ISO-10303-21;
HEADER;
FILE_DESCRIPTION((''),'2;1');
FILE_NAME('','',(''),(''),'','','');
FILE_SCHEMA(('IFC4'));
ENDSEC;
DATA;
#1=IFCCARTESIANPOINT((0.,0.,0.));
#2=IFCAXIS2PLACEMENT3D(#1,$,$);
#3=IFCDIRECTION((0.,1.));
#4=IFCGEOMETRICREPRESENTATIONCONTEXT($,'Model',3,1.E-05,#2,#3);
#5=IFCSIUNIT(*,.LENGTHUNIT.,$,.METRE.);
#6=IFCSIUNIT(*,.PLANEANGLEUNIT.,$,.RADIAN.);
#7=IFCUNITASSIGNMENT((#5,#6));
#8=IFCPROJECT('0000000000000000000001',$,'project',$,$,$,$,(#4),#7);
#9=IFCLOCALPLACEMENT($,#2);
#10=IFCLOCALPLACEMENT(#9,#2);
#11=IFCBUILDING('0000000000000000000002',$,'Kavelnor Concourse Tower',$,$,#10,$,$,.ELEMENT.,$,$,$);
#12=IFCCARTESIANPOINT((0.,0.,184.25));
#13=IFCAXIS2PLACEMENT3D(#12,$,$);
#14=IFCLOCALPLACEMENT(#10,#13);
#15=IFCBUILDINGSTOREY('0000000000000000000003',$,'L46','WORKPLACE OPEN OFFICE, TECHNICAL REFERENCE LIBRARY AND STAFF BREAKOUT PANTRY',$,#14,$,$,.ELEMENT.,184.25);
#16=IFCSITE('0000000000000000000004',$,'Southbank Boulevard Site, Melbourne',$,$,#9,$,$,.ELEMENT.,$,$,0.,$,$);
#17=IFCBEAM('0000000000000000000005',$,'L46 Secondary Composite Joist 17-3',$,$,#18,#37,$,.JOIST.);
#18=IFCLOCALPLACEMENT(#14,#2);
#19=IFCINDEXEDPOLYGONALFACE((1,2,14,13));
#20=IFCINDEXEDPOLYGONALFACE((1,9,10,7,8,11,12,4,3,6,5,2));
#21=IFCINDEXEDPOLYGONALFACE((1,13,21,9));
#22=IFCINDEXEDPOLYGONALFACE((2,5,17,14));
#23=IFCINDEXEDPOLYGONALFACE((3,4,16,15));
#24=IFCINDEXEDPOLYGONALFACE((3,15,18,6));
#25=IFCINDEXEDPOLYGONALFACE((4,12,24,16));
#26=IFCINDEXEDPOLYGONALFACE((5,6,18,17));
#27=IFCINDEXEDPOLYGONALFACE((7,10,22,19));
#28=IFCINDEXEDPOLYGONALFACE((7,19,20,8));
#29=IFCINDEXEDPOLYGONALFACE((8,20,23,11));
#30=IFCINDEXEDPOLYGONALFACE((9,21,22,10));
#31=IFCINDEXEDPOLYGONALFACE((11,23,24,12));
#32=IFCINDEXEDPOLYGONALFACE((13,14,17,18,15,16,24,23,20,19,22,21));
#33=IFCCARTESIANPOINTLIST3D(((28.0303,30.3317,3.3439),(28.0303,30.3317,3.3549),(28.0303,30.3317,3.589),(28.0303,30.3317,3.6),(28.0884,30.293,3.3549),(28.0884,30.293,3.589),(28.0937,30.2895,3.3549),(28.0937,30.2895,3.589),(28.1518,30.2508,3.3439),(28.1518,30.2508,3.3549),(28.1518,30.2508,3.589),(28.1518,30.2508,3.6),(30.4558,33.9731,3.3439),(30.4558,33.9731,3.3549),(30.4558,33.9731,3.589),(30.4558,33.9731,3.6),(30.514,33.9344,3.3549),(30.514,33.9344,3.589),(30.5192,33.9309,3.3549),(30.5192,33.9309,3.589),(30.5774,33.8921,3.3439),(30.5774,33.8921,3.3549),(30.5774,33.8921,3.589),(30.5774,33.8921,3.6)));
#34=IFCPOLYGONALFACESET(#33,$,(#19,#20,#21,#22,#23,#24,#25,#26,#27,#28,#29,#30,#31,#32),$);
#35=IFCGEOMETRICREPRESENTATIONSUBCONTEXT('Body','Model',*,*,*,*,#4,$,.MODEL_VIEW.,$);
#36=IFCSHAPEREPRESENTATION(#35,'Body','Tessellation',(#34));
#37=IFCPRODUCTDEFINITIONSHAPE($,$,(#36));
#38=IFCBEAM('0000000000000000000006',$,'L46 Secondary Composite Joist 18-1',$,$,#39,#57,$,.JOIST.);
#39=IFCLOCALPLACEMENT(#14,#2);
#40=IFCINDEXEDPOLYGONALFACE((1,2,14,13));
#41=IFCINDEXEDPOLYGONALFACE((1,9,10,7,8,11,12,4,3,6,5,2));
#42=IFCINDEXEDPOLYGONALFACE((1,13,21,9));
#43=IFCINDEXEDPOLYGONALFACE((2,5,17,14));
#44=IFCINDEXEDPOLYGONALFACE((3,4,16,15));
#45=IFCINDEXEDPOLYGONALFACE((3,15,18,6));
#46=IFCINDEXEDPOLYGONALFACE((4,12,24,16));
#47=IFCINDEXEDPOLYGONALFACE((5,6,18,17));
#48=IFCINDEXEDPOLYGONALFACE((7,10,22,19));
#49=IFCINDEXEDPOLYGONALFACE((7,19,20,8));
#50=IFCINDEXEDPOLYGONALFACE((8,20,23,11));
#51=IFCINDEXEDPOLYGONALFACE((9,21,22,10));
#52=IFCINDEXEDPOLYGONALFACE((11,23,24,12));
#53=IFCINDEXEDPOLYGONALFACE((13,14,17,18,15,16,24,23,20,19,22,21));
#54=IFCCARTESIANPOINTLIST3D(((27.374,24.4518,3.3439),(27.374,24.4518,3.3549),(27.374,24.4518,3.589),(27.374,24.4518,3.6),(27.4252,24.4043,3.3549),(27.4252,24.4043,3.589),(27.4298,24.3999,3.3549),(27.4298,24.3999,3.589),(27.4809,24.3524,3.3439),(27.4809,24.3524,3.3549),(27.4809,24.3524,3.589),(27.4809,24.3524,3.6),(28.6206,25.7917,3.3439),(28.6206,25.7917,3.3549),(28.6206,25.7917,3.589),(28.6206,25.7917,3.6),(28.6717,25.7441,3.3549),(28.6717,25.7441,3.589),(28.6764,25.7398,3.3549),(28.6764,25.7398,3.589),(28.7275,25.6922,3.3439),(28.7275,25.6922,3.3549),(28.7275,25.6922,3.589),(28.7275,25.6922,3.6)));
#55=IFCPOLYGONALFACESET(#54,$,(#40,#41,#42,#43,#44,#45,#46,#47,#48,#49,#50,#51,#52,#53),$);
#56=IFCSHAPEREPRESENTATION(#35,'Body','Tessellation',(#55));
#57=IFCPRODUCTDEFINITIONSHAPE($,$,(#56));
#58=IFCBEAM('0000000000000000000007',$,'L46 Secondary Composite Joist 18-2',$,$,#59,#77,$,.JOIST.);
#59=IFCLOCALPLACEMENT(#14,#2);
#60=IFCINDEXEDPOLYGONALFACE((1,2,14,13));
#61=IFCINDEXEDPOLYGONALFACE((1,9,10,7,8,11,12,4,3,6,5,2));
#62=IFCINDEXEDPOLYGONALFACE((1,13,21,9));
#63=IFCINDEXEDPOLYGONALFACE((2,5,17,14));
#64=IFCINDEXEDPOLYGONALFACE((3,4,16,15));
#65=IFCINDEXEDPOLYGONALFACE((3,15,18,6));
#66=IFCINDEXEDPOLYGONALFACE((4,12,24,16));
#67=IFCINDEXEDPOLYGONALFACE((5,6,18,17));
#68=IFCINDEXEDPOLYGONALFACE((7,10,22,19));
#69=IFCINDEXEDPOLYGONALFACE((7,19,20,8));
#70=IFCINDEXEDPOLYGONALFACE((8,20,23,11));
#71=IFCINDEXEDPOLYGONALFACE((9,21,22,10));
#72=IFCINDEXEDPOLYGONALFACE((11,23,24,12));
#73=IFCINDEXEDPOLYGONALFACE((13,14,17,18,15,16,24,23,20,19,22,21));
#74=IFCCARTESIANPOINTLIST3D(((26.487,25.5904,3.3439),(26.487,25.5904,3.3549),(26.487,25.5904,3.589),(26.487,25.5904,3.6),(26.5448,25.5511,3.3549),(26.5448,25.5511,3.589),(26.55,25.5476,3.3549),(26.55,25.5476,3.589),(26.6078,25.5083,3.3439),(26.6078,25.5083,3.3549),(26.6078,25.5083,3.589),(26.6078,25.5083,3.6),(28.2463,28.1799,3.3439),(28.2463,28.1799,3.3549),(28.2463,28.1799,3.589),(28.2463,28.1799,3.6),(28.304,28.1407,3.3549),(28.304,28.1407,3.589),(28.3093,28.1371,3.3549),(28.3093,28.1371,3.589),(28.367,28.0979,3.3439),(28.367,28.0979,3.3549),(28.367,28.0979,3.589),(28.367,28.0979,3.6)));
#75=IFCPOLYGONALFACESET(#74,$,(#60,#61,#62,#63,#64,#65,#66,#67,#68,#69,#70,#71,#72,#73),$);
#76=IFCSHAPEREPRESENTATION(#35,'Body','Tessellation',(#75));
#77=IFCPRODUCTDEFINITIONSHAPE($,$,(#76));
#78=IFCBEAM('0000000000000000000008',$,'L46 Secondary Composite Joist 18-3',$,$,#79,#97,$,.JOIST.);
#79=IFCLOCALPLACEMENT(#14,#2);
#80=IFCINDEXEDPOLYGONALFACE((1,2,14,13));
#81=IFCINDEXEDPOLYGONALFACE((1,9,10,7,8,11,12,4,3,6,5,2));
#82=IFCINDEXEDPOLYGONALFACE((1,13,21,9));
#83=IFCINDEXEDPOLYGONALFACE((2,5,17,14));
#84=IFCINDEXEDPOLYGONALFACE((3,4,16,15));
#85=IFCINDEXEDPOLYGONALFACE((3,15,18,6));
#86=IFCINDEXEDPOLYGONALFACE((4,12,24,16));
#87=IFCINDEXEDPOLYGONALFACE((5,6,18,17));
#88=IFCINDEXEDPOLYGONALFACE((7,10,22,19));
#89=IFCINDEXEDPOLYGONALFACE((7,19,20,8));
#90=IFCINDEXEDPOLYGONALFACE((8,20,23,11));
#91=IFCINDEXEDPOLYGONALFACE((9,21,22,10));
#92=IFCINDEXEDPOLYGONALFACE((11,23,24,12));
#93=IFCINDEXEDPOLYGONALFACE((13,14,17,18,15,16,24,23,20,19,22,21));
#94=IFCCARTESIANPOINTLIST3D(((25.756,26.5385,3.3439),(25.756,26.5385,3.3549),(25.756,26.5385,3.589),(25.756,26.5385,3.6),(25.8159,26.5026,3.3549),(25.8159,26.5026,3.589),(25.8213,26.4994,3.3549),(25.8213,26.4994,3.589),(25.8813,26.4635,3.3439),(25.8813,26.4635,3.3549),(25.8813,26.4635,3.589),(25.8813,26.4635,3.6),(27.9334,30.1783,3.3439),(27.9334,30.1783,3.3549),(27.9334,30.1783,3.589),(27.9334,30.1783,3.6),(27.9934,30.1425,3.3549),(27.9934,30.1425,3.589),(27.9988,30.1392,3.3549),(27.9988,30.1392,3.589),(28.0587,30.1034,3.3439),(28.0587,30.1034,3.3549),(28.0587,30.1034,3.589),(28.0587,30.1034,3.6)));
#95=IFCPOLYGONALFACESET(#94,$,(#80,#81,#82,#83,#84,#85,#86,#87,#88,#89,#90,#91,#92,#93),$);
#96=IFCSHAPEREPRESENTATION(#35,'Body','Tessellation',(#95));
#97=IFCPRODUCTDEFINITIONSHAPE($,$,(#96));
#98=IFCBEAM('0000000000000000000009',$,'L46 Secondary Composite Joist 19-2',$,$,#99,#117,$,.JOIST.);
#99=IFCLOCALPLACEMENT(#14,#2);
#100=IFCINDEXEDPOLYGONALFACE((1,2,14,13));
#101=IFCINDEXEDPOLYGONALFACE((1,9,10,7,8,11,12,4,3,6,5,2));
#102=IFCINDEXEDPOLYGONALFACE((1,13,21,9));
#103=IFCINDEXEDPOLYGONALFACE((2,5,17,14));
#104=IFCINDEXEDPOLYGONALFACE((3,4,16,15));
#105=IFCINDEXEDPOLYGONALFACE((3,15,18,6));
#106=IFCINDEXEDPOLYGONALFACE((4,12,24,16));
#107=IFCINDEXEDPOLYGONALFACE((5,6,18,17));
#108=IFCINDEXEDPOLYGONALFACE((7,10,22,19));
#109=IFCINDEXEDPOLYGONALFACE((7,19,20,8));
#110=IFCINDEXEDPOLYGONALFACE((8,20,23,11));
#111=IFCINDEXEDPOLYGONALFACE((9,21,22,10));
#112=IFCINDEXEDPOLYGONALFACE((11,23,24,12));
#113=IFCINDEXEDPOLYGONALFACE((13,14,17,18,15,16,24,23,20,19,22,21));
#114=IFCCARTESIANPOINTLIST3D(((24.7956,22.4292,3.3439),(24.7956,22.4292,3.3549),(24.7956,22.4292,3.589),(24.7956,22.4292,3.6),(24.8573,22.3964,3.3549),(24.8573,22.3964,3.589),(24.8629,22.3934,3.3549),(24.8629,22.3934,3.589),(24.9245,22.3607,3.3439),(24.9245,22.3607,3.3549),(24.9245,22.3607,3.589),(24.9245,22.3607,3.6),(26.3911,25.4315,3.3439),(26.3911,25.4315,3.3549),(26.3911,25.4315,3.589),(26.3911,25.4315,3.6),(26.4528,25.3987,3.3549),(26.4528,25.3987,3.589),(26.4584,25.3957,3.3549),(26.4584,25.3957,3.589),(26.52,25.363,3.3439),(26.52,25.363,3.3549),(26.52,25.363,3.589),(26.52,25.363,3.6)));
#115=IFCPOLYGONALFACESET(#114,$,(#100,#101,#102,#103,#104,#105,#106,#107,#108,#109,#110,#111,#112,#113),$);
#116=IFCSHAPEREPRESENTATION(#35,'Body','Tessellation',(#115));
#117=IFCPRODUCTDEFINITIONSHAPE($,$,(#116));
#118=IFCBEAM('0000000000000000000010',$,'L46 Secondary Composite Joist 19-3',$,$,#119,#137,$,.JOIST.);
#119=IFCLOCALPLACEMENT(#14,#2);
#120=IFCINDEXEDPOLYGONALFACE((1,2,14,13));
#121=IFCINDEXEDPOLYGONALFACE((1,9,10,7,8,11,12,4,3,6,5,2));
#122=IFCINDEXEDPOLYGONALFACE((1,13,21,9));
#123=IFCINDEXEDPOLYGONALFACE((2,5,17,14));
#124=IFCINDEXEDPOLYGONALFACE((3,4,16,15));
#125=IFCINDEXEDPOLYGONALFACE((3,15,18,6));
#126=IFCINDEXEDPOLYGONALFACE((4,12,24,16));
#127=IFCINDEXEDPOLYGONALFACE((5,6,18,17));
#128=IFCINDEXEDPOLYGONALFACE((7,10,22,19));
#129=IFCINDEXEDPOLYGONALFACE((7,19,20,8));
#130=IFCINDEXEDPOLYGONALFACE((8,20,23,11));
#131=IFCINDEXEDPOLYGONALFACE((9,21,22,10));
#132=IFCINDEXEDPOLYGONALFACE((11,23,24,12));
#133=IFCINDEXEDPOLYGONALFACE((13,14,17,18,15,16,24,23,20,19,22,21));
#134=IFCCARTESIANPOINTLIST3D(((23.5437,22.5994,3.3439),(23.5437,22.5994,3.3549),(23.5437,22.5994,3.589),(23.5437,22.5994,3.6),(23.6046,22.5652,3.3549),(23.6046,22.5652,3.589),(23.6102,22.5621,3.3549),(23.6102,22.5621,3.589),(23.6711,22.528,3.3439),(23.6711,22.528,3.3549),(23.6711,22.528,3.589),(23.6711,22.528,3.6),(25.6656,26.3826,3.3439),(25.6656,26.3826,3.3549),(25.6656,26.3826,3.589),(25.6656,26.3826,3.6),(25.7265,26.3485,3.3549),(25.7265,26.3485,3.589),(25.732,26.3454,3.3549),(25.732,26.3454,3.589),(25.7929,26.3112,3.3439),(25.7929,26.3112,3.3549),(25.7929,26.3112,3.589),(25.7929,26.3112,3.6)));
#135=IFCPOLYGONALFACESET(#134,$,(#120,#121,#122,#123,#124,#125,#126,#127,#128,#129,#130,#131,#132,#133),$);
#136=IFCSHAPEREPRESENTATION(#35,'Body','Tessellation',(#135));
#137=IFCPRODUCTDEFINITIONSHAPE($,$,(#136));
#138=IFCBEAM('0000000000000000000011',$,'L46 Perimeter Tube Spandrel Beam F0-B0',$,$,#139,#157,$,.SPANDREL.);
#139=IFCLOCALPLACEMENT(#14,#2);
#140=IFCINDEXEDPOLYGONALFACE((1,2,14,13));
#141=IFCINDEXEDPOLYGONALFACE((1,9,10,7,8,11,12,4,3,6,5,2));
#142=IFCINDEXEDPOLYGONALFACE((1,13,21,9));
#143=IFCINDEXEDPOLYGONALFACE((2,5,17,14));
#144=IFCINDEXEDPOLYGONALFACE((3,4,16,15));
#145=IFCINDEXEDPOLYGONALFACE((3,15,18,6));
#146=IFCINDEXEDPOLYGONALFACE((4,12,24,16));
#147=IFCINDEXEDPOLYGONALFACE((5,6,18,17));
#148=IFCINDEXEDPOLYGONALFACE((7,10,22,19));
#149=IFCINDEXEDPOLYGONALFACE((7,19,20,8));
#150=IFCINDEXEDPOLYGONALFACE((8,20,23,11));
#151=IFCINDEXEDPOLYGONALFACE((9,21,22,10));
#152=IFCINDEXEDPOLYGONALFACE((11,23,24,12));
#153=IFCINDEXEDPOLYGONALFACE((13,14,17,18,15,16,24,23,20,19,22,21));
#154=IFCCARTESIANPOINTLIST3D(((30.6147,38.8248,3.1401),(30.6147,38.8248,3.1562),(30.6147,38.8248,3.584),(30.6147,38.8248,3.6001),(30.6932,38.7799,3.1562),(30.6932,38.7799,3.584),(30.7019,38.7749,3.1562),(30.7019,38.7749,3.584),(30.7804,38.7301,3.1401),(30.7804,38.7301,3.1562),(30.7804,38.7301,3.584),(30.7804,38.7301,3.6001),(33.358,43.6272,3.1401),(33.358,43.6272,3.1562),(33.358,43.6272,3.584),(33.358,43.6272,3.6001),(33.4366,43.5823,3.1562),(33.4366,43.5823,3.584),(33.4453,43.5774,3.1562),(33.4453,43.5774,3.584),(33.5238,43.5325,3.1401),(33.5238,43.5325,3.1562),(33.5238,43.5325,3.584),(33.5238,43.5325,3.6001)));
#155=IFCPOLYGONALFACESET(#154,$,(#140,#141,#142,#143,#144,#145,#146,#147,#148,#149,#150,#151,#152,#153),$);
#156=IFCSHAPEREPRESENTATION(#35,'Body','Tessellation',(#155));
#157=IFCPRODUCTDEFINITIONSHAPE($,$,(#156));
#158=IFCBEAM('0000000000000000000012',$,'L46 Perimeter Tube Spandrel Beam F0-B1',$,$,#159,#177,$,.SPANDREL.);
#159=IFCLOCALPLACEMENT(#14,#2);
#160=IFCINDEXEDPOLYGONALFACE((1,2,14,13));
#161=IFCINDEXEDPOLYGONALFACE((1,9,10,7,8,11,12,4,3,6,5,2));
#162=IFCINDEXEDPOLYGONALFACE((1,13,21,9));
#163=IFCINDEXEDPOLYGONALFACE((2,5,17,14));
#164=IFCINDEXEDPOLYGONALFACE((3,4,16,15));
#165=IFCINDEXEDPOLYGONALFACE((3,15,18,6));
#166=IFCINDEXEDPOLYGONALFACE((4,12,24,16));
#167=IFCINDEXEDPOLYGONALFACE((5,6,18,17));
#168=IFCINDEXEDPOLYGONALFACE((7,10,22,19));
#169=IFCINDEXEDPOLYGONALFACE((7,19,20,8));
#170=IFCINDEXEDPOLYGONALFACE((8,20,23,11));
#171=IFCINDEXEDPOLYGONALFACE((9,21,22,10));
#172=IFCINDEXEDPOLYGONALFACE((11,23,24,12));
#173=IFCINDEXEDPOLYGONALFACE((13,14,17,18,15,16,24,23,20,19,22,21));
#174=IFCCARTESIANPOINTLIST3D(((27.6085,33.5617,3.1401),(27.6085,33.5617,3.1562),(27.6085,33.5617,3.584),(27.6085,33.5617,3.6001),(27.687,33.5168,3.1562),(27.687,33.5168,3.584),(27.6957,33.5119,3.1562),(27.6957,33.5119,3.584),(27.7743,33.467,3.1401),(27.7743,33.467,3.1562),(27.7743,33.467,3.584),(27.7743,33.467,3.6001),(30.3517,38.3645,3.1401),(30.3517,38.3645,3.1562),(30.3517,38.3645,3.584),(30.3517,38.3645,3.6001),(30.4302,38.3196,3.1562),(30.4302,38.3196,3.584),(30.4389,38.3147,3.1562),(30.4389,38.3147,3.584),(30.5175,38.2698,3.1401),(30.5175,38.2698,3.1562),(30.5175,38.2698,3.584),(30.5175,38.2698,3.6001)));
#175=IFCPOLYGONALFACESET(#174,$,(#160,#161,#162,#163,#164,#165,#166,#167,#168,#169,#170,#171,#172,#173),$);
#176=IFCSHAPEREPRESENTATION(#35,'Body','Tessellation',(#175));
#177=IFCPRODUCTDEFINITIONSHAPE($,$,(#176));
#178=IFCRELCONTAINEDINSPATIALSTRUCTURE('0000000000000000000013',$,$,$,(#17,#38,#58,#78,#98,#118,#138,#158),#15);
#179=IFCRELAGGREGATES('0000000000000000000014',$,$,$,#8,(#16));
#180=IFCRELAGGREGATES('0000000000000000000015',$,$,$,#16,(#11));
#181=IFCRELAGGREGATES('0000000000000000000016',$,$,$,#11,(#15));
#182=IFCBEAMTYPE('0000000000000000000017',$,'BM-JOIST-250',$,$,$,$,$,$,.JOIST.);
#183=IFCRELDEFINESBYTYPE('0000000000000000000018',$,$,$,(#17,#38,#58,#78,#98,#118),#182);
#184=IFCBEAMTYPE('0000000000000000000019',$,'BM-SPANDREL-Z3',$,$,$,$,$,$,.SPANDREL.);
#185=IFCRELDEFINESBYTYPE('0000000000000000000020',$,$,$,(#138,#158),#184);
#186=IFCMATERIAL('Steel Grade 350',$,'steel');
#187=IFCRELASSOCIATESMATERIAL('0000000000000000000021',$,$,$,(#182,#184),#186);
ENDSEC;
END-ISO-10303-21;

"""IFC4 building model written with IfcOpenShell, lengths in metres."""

from ifc_helpers import new_model, si_unit, direction, frame, origin, origin_2d, place, context, subcontext, project, spatial, i_section, extrude, material, material_profile, profile_set, type_object, element, save


model = new_model("IFC4")

# Units and contexts
model_context = context("Model", 3, precision=1e-05, world=origin(), true_north=direction((0.0, 1.0)))
body_context = subcontext(model_context, "Body", "Model", "MODEL_VIEW")
ifc_project = project(units=[si_unit("LENGTHUNIT", "METRE"), si_unit("PLANEANGLEUNIT", "RADIAN")], contexts=[model_context])

# Site, building, storey
site_placement = place(None, origin())
site = spatial("IfcSite", under=ifc_project, at=site_placement, Name="Southbank Boulevard Site, Melbourne", CompositionType="ELEMENT", RefElevation=0.0)
building_placement = place(site_placement, origin())
building = spatial("IfcBuilding", under=site, at=building_placement, Name="Kavelnor Concourse Tower", CompositionType="ELEMENT")
storey_placement = place(building_placement, frame((0.0, 0.0, 184.25)))
storey = spatial("IfcBuildingStorey", under=building, at=storey_placement, Name="L46", Description="WORKPLACE OPEN OFFICE, TECHNICAL REFERENCE LIBRARY AND STAFF BREAKOUT PANTRY", CompositionType="ELEMENT", Elevation=184.25)

# Shared definitions
ifc_material_1 = material(Name="Steel Grade 350", Category="steel")

# Beams
ifc_material_profile_1 = material_profile(ifc_material_1, i_section(OverallWidth=0.146, OverallDepth=0.2561, WebThickness=0.0063, FlangeThickness=0.011, at=origin_2d()), Name="250UB37")
ifc_profile_set_1 = profile_set([ifc_material_profile_1], Name="Steel Grade 350")
beam_type_1 = type_object("IfcBeamType", Name="BM-JOIST-250", PredefinedType="JOIST", material=ifc_profile_set_1)
beam_1_placement = place(storey_placement, frame((30.5166, 33.9326, 3.4719), z_axis=(-0.554378, -0.832265, 0.0), x_axis=(0.832265, -0.554378, 0.0)))
element("IfcBeam", 1, at=beam_1_placement, inside=storey, type_object=beam_type_1, Name="L46 Secondary Composite Joist 17-3", PredefinedType="JOIST", context=body_context, shape_type="SweptSolid", body=[
    extrude(i_section(OverallWidth=0.146, OverallDepth=0.2561, WebThickness=0.0063, FlangeThickness=0.011, at=origin_2d()), origin(), (0.0, 0.0, 1.0), 4.3752),
])
beam_2_placement = place(storey_placement, frame((28.6741, 25.7419, 3.4719), z_axis=(-0.681167, -0.732128, 0.0), x_axis=(0.732128, -0.681167, 0.0)))
element("IfcBeam", 2, at=beam_2_placement, inside=storey, type_object=beam_type_1, Name="L46 Secondary Composite Joist 18-1", PredefinedType="JOIST", context=body_context, shape_type="SweptSolid", body=[
    extrude(i_section(OverallWidth=0.146, OverallDepth=0.2561, WebThickness=0.0063, FlangeThickness=0.011, at=origin_2d()), origin(), (0.0, 0.0, 1.0), 1.8301),
])
beam_3_placement = place(storey_placement, frame((28.3066, 28.1389, 3.4719), z_axis=(-0.561949, -0.827172, 0.0), x_axis=(0.827172, -0.561949, 0.0)))
element("IfcBeam", 3, at=beam_3_placement, inside=storey, type_object=beam_type_1, Name="L46 Secondary Composite Joist 18-2", PredefinedType="JOIST", context=body_context, shape_type="SweptSolid", body=[
    extrude(i_section(OverallWidth=0.146, OverallDepth=0.2561, WebThickness=0.0063, FlangeThickness=0.011, at=origin_2d()), origin(), (0.0, 0.0, 1.0), 3.1306),
])
beam_4_placement = place(storey_placement, frame((27.9961, 30.1409, 3.4719), z_axis=(-0.513378, -0.858163, 0.0), x_axis=(0.858163, -0.513378, 0.0)))
element("IfcBeam", 4, at=beam_4_placement, inside=storey, type_object=beam_type_1, Name="L46 Secondary Composite Joist 18-3", PredefinedType="JOIST", context=body_context, shape_type="SweptSolid", body=[
    extrude(i_section(OverallWidth=0.146, OverallDepth=0.2561, WebThickness=0.0063, FlangeThickness=0.011, at=origin_2d()), origin(), (0.0, 0.0, 1.0), 4.2415),
])
beam_5_placement = place(storey_placement, frame((26.4556, 25.3972, 3.4719), z_axis=(-0.469279, -0.88305, 0.0), x_axis=(0.88305, -0.469279, 0.0)))
element("IfcBeam", 5, at=beam_5_placement, inside=storey, type_object=beam_type_1, Name="L46 Secondary Composite Joist 19-2", PredefinedType="JOIST", context=body_context, shape_type="SweptSolid", body=[
    extrude(i_section(OverallWidth=0.146, OverallDepth=0.2561, WebThickness=0.0063, FlangeThickness=0.011, at=origin_2d()), origin(), (0.0, 0.0, 1.0), 3.3999),
])
beam_6_placement = place(storey_placement, frame((25.7292, 26.3469, 3.4719), z_axis=(-0.489171, -0.872188, 0.0), x_axis=(0.872188, -0.489171, 0.0)))
element("IfcBeam", 6, at=beam_6_placement, inside=storey, type_object=beam_type_1, Name="L46 Secondary Composite Joist 19-3", PredefinedType="JOIST", context=body_context, shape_type="SweptSolid", body=[
    extrude(i_section(OverallWidth=0.146, OverallDepth=0.2561, WebThickness=0.0063, FlangeThickness=0.011, at=origin_2d()), origin(), (0.0, 0.0, 1.0), 4.3376),
])
ifc_material_profile_2 = material_profile(ifc_material_1, i_section(OverallWidth=0.1909, OverallDepth=0.46, WebThickness=0.01, FlangeThickness=0.0161, at=origin_2d()), Name="460UB82")
ifc_profile_set_2 = profile_set([ifc_material_profile_2], Name="Steel Grade 350")
beam_type_2 = type_object("IfcBeamType", Name="BM-SPANDREL-Z3", PredefinedType="SPANDREL", material=ifc_profile_set_2)
beam_7_placement = place(storey_placement, frame((33.4409, 43.5798, 3.3701), z_axis=(-0.49602, -0.868311, 0.0), x_axis=(0.868311, -0.49602, 0.0)))
element("IfcBeam", 7, at=beam_7_placement, inside=storey, type_object=beam_type_2, Name="L46 Perimeter Tube Spandrel Beam F0-B0", PredefinedType="SPANDREL", context=body_context, shape_type="SweptSolid", body=[
    extrude(i_section(OverallWidth=0.1909, OverallDepth=0.46, WebThickness=0.01, FlangeThickness=0.0161, at=origin_2d()), origin(), (0.0, 0.0, 1.0), 5.5308),
])
beam_8_placement = place(storey_placement, frame((30.4346, 38.3171, 3.3701), z_axis=(-0.495968, -0.868341, 0.0), x_axis=(0.868341, -0.495968, 0.0)))
element("IfcBeam", 8, at=beam_8_placement, inside=storey, type_object=beam_type_2, Name="L46 Perimeter Tube Spandrel Beam F0-B1", PredefinedType="SPANDREL", context=body_context, shape_type="SweptSolid", body=[
    extrude(i_section(OverallWidth=0.1909, OverallDepth=0.46, WebThickness=0.01, FlangeThickness=0.0161, at=origin_2d()), origin(), (0.0, 0.0, 1.0), 5.531),
])

save(model, "model.ifc")
